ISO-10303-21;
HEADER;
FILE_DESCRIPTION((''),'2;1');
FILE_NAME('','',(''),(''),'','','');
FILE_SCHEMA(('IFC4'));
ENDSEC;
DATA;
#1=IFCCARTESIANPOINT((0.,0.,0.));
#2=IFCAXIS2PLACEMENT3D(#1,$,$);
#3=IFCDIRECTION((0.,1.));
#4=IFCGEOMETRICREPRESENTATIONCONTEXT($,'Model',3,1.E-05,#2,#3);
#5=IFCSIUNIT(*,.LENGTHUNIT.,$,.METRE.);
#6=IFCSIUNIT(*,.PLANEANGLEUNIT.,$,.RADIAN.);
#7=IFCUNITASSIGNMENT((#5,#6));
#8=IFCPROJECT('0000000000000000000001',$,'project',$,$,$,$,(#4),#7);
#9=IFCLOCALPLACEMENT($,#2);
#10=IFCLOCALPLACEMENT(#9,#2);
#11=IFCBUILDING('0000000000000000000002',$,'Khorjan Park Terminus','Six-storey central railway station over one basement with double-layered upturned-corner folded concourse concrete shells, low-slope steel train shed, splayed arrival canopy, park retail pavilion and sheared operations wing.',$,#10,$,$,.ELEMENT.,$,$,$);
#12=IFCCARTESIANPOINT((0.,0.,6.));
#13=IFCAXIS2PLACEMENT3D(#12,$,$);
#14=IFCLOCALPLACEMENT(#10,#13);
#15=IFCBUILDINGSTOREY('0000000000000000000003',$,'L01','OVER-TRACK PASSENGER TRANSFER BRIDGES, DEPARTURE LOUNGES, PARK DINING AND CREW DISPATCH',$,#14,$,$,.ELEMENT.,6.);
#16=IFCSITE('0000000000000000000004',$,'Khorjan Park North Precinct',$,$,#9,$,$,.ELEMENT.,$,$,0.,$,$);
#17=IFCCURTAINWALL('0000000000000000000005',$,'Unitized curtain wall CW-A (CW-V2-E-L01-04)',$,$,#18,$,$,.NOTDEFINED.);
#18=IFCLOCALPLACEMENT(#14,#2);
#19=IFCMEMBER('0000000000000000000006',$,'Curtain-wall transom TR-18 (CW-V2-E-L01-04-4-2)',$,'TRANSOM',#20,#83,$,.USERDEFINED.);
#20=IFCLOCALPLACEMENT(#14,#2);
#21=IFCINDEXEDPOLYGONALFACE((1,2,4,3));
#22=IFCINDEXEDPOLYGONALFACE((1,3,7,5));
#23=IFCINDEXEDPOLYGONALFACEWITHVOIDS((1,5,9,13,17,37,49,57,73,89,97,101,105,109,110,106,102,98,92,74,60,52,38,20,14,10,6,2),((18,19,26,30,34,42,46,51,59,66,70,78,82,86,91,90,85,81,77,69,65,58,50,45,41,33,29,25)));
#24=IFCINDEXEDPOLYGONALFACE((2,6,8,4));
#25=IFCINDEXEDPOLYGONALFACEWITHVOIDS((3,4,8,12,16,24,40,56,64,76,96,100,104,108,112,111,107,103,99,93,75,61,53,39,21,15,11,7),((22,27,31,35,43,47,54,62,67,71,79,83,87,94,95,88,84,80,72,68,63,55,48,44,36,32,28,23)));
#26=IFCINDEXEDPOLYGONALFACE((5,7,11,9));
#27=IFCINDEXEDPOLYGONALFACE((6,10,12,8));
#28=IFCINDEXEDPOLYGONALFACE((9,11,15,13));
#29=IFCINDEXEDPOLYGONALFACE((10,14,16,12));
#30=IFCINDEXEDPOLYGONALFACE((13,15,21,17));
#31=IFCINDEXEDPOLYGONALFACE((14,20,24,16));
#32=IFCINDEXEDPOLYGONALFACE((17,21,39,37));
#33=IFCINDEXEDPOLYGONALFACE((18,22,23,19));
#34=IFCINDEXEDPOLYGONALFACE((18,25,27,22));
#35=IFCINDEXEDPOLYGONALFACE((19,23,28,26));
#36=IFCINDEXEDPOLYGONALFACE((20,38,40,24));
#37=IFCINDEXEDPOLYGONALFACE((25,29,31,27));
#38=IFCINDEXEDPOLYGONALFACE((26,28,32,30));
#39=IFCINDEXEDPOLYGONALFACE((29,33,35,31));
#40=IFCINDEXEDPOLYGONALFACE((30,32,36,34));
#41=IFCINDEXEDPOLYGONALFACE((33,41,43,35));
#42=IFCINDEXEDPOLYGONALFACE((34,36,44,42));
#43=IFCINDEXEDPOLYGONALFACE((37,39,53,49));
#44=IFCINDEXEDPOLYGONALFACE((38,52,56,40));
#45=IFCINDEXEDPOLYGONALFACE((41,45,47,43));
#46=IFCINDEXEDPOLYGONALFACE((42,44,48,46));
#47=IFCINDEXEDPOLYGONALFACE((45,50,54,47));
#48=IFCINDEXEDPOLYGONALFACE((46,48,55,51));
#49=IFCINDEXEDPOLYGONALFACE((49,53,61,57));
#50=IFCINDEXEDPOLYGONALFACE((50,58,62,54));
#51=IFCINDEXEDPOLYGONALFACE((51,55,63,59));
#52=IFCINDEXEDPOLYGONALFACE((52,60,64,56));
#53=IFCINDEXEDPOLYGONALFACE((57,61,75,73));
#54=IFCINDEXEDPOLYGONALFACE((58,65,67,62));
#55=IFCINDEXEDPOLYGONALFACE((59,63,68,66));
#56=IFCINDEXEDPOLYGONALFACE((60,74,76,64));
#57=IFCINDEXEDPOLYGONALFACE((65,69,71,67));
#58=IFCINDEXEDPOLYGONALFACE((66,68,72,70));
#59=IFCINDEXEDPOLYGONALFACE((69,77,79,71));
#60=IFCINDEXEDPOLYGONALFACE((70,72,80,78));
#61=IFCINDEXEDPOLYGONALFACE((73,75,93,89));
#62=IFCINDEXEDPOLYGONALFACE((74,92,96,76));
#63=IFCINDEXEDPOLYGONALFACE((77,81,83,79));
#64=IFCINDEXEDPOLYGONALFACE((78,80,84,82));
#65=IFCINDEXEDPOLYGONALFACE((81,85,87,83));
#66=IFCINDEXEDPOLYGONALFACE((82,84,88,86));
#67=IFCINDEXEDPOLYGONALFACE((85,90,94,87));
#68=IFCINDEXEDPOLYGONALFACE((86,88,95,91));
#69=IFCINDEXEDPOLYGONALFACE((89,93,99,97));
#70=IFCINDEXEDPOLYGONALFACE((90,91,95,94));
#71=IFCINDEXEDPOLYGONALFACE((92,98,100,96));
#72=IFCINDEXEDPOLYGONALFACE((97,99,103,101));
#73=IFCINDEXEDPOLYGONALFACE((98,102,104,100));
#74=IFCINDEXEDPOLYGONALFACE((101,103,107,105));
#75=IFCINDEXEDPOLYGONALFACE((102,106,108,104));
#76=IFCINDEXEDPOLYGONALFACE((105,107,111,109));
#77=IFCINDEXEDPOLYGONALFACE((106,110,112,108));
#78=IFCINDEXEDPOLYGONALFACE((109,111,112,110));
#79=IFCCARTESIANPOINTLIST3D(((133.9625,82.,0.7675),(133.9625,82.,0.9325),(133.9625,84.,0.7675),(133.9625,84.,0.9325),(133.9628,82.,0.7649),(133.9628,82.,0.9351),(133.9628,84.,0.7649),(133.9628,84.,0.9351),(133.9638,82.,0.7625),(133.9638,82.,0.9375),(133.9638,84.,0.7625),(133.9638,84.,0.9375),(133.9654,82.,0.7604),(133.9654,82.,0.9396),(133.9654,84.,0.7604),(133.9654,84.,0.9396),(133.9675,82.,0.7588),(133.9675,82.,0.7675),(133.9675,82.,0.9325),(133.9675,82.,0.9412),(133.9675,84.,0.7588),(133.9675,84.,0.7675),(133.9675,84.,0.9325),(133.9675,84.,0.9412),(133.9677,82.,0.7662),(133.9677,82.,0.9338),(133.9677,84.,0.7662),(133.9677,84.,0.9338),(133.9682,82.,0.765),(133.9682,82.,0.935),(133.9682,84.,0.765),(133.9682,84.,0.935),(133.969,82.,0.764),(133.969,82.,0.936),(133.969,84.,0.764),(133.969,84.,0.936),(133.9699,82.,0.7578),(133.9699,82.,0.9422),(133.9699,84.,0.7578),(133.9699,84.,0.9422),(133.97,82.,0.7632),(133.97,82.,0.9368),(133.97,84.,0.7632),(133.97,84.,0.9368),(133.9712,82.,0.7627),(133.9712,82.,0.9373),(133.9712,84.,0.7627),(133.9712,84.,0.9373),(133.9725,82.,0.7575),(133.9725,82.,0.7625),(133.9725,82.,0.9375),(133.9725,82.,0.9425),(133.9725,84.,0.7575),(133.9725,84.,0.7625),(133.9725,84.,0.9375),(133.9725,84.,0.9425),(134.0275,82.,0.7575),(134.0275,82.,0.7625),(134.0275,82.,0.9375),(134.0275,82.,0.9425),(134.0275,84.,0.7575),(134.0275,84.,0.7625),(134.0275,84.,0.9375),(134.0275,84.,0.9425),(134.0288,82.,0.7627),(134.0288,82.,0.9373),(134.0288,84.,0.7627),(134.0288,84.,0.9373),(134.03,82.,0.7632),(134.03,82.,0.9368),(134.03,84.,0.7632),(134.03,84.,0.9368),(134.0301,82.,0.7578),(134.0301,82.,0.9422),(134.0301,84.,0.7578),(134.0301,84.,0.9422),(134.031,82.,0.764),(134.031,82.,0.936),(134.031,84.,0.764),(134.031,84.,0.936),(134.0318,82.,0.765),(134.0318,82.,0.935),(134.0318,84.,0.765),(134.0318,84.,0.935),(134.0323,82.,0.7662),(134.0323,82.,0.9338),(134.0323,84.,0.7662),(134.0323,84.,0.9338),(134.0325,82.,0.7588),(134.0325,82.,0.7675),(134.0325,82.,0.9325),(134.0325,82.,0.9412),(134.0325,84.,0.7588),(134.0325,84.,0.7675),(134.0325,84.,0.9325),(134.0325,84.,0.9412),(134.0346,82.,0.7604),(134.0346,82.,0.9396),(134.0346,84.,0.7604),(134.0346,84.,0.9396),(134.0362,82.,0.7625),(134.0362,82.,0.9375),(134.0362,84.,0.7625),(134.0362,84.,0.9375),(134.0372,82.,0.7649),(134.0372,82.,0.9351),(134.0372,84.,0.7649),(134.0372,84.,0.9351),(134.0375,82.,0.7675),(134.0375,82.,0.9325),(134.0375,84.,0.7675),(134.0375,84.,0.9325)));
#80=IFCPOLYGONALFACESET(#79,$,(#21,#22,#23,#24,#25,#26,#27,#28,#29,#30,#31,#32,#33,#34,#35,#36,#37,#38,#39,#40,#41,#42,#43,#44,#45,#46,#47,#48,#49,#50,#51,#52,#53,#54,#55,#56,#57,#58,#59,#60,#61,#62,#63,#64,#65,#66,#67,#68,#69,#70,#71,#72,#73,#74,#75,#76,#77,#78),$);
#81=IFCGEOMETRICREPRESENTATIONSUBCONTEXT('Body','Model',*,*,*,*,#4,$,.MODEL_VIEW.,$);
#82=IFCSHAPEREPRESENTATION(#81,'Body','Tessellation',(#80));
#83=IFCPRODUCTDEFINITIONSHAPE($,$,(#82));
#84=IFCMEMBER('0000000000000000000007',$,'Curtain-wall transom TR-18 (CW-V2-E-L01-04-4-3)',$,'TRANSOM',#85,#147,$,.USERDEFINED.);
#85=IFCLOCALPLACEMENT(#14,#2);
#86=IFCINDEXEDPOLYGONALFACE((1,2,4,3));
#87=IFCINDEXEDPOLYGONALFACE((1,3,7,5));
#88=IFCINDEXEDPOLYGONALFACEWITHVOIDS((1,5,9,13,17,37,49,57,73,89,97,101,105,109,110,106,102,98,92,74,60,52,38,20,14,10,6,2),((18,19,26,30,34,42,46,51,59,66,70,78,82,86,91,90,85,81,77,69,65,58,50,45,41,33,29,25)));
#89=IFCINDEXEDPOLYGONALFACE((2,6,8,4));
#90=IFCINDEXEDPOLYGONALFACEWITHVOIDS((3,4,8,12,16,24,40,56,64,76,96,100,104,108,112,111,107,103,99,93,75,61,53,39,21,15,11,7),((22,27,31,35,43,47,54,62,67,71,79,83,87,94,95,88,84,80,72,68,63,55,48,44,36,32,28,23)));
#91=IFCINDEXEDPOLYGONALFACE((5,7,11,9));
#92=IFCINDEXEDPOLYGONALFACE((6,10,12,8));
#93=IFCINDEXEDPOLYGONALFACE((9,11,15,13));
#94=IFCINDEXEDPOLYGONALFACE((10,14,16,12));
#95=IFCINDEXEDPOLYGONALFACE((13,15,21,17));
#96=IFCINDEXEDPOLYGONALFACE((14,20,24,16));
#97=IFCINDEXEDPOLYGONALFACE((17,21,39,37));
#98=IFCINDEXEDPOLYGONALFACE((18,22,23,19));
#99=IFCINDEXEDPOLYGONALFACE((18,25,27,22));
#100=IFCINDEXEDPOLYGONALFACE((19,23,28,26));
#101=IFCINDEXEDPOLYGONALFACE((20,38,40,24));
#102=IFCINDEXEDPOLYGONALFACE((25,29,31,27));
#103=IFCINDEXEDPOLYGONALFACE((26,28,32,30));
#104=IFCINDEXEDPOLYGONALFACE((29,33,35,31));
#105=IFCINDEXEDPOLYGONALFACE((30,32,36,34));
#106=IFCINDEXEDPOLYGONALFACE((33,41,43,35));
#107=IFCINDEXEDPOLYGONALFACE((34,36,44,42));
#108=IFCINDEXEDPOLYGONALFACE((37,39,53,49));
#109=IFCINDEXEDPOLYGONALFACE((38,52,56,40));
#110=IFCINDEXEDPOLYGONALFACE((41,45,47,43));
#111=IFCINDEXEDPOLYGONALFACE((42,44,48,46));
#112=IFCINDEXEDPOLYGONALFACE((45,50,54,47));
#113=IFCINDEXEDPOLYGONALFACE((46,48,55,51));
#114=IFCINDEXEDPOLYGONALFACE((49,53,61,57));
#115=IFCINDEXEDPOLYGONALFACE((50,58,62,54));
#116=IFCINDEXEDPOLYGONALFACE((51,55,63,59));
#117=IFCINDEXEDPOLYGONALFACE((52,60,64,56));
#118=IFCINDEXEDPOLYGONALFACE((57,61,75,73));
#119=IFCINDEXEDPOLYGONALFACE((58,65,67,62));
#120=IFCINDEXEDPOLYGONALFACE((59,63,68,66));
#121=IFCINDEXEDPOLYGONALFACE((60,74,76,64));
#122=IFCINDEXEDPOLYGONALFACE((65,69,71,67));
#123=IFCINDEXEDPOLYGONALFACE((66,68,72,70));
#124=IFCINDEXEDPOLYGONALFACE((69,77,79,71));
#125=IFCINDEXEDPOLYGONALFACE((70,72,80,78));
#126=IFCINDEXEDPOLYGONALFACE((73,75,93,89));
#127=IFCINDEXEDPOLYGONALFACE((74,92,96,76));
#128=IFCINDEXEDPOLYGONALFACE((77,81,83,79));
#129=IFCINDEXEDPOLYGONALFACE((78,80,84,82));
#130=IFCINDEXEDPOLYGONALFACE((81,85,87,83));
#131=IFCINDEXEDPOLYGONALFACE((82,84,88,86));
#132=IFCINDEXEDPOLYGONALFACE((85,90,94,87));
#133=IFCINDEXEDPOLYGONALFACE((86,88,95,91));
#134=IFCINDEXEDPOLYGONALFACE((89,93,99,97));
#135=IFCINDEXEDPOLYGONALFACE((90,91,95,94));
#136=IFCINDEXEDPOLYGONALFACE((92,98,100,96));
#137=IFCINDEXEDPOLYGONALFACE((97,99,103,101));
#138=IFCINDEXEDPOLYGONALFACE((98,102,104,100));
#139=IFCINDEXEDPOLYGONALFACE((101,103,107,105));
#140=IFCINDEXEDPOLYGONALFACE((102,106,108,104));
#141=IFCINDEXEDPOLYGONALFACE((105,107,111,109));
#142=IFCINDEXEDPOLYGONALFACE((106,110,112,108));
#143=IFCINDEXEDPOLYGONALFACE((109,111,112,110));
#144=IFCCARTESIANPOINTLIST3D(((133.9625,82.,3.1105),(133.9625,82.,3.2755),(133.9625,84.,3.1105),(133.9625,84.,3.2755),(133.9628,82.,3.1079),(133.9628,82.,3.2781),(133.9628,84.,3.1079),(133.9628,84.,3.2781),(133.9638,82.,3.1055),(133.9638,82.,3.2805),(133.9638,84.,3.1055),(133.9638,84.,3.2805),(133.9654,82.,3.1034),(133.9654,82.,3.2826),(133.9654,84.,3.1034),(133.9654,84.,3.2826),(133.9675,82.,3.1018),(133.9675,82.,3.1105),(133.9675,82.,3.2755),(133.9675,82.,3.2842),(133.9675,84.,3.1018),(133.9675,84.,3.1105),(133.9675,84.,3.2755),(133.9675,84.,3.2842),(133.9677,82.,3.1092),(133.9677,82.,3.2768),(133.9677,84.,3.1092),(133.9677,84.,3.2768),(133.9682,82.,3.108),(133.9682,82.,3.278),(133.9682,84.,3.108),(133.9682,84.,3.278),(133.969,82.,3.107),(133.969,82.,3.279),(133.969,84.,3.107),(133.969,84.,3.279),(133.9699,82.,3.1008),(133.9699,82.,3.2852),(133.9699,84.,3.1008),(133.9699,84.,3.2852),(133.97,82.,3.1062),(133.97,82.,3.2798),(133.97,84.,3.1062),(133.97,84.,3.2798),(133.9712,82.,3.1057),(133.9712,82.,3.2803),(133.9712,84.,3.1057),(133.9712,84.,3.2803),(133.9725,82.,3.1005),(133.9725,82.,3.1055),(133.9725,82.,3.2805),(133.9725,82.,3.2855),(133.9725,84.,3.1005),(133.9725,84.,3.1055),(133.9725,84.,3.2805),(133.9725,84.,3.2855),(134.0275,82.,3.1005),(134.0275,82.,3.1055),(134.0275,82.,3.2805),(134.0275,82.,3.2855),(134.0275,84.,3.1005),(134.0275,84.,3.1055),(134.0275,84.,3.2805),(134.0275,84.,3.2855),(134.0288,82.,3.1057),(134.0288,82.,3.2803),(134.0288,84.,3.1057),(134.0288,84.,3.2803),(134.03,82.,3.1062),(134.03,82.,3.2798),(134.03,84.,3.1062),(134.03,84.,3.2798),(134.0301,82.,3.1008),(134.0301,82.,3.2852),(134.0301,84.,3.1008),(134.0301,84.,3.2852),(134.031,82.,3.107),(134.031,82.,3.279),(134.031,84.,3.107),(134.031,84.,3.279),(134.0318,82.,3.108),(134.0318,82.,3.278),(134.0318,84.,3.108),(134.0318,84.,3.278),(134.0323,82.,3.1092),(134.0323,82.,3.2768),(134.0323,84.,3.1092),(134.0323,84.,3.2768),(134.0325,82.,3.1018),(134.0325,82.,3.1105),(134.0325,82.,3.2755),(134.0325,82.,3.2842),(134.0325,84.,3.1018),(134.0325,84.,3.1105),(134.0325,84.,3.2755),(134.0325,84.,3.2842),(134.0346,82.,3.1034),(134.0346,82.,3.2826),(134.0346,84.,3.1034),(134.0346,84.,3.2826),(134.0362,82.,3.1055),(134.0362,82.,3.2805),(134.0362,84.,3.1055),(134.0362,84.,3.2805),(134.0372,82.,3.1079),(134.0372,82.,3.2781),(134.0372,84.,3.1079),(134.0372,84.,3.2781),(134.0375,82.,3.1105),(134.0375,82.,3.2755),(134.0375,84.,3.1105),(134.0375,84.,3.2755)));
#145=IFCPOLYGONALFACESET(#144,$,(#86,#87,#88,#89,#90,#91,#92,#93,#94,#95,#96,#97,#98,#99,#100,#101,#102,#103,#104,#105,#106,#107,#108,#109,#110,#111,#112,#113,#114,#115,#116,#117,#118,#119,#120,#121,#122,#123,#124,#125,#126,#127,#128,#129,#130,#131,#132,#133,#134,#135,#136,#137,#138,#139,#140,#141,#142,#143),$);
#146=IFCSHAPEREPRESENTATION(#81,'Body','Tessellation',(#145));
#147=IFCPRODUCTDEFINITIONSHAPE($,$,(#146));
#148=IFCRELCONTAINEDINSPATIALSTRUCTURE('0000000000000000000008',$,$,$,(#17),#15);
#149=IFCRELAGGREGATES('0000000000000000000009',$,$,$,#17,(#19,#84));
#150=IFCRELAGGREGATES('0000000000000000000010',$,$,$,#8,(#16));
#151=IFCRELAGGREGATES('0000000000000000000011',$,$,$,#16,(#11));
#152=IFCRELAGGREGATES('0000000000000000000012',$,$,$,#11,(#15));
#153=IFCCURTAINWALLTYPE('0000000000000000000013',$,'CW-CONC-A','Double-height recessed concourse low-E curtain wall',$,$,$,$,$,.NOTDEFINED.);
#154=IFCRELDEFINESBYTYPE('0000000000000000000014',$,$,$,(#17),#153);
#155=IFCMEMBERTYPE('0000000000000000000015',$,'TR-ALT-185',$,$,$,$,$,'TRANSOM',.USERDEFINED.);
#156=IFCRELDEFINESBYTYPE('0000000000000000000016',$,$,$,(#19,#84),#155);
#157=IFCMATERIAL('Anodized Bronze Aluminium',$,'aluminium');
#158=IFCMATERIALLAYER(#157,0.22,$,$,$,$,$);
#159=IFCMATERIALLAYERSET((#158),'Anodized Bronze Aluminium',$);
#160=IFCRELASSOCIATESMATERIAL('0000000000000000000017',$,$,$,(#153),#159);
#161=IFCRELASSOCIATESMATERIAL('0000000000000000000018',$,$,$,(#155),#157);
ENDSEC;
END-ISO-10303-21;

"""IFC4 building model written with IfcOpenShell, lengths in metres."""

from ifc_helpers import new_model, si_unit, direction, frame, origin, origin_2d, place, context, subcontext, project, spatial, hollow_rectangle, extrude, material, layer, layer_set, material_profile, profile_set, type_object, element, aggregate, save


model = new_model("IFC4")

# Units and contexts
model_context = context("Model", 3, precision=1e-05, world=origin(), true_north=direction((0.0, 1.0)))
body_context = subcontext(model_context, "Body", "Model", "MODEL_VIEW")
ifc_project = project(units=[si_unit("LENGTHUNIT", "METRE"), si_unit("PLANEANGLEUNIT", "RADIAN")], contexts=[model_context])

# Site, building, storey
site_placement = place(None, origin())
site = spatial("IfcSite", under=ifc_project, at=site_placement, Name="Khorjan Park North Precinct", CompositionType="ELEMENT", RefElevation=0.0)
building_placement = place(site_placement, origin())
building = spatial("IfcBuilding", under=site, at=building_placement, Name="Khorjan Park Terminus", Description="Six-storey central railway station over one basement with double-layered upturned-corner folded concourse concrete shells, low-slope steel train shed, splayed arrival canopy, park retail pavilion and sheared operations wing.", CompositionType="ELEMENT")
storey_placement = place(building_placement, frame((0.0, 0.0, 6.0)))
storey = spatial("IfcBuildingStorey", under=building, at=storey_placement, Name="L01", Description="OVER-TRACK PASSENGER TRANSFER BRIDGES, DEPARTURE LOUNGES, PARK DINING AND CREW DISPATCH", CompositionType="ELEMENT", Elevation=6.0)

# Shared definitions
ifc_material_1 = material(Name="Anodized Bronze Aluminium", Category="aluminium")
ifc_layer_1 = layer(ifc_material_1, 0.22)
ifc_layer_set_1 = layer_set([ifc_layer_1], Name="Anodized Bronze Aluminium")
curtain_wall_type = type_object("IfcCurtainWallType", Name="CW-CONC-A", Description="Double-height recessed concourse low-E curtain wall", PredefinedType="NOTDEFINED", material=ifc_layer_set_1)

# Curtain wall
curtain_wall_1_placement = place(storey_placement, origin())
curtain_wall_1 = element("IfcCurtainWall", 1, at=curtain_wall_1_placement, inside=storey, type_object=curtain_wall_type, Name="Unitized curtain wall CW-A (CW-V2-E-L01-04)", PredefinedType="NOTDEFINED")

# Members
ifc_material_profile_1 = material_profile(ifc_material_1, hollow_rectangle(XDim=0.075, YDim=0.185, WallThickness=0.005, InnerFilletRadius=0.005, OuterFilletRadius=0.01, at=origin_2d()), Name="ALT 75x185x5")
ifc_profile_set_1 = profile_set([ifc_material_profile_1], Name="Anodized Bronze Aluminium")
member_type_1 = type_object("IfcMemberType", Name="TR-ALT-185", ElementType="TRANSOM", PredefinedType="USERDEFINED", material=ifc_profile_set_1)
member_1_placement = place(storey_placement, frame((134.0, 82.0, 0.85), z_axis=(0.0, 1.0, 0.0), x_axis=(-1.0, 0.0, 0.0)))
member_1 = element("IfcMember", 2, at=member_1_placement, type_object=member_type_1, Name="Curtain-wall transom TR-18 (CW-V2-E-L01-04-4-2)", ObjectType="TRANSOM", PredefinedType="USERDEFINED", context=body_context, shape_type="SweptSolid", body=[
    extrude(hollow_rectangle(XDim=0.075, YDim=0.185, WallThickness=0.005, InnerFilletRadius=0.005, OuterFilletRadius=0.01, at=origin_2d()), origin(), (0.0, 0.0, 1.0), 2.0),
])
member_2_placement = place(storey_placement, frame((134.0, 82.0, 3.193), z_axis=(0.0, 1.0, 0.0), x_axis=(-1.0, 0.0, 0.0)))
member_2 = element("IfcMember", 3, at=member_2_placement, type_object=member_type_1, Name="Curtain-wall transom TR-18 (CW-V2-E-L01-04-4-3)", ObjectType="TRANSOM", PredefinedType="USERDEFINED", context=body_context, shape_type="SweptSolid", body=[
    extrude(hollow_rectangle(XDim=0.075, YDim=0.185, WallThickness=0.005, InnerFilletRadius=0.005, OuterFilletRadius=0.01, at=origin_2d()), origin(), (0.0, 0.0, 1.0), 2.0),
])

aggregate(curtain_wall_1, [member_1, member_2])

save(model, "model.ifc")
